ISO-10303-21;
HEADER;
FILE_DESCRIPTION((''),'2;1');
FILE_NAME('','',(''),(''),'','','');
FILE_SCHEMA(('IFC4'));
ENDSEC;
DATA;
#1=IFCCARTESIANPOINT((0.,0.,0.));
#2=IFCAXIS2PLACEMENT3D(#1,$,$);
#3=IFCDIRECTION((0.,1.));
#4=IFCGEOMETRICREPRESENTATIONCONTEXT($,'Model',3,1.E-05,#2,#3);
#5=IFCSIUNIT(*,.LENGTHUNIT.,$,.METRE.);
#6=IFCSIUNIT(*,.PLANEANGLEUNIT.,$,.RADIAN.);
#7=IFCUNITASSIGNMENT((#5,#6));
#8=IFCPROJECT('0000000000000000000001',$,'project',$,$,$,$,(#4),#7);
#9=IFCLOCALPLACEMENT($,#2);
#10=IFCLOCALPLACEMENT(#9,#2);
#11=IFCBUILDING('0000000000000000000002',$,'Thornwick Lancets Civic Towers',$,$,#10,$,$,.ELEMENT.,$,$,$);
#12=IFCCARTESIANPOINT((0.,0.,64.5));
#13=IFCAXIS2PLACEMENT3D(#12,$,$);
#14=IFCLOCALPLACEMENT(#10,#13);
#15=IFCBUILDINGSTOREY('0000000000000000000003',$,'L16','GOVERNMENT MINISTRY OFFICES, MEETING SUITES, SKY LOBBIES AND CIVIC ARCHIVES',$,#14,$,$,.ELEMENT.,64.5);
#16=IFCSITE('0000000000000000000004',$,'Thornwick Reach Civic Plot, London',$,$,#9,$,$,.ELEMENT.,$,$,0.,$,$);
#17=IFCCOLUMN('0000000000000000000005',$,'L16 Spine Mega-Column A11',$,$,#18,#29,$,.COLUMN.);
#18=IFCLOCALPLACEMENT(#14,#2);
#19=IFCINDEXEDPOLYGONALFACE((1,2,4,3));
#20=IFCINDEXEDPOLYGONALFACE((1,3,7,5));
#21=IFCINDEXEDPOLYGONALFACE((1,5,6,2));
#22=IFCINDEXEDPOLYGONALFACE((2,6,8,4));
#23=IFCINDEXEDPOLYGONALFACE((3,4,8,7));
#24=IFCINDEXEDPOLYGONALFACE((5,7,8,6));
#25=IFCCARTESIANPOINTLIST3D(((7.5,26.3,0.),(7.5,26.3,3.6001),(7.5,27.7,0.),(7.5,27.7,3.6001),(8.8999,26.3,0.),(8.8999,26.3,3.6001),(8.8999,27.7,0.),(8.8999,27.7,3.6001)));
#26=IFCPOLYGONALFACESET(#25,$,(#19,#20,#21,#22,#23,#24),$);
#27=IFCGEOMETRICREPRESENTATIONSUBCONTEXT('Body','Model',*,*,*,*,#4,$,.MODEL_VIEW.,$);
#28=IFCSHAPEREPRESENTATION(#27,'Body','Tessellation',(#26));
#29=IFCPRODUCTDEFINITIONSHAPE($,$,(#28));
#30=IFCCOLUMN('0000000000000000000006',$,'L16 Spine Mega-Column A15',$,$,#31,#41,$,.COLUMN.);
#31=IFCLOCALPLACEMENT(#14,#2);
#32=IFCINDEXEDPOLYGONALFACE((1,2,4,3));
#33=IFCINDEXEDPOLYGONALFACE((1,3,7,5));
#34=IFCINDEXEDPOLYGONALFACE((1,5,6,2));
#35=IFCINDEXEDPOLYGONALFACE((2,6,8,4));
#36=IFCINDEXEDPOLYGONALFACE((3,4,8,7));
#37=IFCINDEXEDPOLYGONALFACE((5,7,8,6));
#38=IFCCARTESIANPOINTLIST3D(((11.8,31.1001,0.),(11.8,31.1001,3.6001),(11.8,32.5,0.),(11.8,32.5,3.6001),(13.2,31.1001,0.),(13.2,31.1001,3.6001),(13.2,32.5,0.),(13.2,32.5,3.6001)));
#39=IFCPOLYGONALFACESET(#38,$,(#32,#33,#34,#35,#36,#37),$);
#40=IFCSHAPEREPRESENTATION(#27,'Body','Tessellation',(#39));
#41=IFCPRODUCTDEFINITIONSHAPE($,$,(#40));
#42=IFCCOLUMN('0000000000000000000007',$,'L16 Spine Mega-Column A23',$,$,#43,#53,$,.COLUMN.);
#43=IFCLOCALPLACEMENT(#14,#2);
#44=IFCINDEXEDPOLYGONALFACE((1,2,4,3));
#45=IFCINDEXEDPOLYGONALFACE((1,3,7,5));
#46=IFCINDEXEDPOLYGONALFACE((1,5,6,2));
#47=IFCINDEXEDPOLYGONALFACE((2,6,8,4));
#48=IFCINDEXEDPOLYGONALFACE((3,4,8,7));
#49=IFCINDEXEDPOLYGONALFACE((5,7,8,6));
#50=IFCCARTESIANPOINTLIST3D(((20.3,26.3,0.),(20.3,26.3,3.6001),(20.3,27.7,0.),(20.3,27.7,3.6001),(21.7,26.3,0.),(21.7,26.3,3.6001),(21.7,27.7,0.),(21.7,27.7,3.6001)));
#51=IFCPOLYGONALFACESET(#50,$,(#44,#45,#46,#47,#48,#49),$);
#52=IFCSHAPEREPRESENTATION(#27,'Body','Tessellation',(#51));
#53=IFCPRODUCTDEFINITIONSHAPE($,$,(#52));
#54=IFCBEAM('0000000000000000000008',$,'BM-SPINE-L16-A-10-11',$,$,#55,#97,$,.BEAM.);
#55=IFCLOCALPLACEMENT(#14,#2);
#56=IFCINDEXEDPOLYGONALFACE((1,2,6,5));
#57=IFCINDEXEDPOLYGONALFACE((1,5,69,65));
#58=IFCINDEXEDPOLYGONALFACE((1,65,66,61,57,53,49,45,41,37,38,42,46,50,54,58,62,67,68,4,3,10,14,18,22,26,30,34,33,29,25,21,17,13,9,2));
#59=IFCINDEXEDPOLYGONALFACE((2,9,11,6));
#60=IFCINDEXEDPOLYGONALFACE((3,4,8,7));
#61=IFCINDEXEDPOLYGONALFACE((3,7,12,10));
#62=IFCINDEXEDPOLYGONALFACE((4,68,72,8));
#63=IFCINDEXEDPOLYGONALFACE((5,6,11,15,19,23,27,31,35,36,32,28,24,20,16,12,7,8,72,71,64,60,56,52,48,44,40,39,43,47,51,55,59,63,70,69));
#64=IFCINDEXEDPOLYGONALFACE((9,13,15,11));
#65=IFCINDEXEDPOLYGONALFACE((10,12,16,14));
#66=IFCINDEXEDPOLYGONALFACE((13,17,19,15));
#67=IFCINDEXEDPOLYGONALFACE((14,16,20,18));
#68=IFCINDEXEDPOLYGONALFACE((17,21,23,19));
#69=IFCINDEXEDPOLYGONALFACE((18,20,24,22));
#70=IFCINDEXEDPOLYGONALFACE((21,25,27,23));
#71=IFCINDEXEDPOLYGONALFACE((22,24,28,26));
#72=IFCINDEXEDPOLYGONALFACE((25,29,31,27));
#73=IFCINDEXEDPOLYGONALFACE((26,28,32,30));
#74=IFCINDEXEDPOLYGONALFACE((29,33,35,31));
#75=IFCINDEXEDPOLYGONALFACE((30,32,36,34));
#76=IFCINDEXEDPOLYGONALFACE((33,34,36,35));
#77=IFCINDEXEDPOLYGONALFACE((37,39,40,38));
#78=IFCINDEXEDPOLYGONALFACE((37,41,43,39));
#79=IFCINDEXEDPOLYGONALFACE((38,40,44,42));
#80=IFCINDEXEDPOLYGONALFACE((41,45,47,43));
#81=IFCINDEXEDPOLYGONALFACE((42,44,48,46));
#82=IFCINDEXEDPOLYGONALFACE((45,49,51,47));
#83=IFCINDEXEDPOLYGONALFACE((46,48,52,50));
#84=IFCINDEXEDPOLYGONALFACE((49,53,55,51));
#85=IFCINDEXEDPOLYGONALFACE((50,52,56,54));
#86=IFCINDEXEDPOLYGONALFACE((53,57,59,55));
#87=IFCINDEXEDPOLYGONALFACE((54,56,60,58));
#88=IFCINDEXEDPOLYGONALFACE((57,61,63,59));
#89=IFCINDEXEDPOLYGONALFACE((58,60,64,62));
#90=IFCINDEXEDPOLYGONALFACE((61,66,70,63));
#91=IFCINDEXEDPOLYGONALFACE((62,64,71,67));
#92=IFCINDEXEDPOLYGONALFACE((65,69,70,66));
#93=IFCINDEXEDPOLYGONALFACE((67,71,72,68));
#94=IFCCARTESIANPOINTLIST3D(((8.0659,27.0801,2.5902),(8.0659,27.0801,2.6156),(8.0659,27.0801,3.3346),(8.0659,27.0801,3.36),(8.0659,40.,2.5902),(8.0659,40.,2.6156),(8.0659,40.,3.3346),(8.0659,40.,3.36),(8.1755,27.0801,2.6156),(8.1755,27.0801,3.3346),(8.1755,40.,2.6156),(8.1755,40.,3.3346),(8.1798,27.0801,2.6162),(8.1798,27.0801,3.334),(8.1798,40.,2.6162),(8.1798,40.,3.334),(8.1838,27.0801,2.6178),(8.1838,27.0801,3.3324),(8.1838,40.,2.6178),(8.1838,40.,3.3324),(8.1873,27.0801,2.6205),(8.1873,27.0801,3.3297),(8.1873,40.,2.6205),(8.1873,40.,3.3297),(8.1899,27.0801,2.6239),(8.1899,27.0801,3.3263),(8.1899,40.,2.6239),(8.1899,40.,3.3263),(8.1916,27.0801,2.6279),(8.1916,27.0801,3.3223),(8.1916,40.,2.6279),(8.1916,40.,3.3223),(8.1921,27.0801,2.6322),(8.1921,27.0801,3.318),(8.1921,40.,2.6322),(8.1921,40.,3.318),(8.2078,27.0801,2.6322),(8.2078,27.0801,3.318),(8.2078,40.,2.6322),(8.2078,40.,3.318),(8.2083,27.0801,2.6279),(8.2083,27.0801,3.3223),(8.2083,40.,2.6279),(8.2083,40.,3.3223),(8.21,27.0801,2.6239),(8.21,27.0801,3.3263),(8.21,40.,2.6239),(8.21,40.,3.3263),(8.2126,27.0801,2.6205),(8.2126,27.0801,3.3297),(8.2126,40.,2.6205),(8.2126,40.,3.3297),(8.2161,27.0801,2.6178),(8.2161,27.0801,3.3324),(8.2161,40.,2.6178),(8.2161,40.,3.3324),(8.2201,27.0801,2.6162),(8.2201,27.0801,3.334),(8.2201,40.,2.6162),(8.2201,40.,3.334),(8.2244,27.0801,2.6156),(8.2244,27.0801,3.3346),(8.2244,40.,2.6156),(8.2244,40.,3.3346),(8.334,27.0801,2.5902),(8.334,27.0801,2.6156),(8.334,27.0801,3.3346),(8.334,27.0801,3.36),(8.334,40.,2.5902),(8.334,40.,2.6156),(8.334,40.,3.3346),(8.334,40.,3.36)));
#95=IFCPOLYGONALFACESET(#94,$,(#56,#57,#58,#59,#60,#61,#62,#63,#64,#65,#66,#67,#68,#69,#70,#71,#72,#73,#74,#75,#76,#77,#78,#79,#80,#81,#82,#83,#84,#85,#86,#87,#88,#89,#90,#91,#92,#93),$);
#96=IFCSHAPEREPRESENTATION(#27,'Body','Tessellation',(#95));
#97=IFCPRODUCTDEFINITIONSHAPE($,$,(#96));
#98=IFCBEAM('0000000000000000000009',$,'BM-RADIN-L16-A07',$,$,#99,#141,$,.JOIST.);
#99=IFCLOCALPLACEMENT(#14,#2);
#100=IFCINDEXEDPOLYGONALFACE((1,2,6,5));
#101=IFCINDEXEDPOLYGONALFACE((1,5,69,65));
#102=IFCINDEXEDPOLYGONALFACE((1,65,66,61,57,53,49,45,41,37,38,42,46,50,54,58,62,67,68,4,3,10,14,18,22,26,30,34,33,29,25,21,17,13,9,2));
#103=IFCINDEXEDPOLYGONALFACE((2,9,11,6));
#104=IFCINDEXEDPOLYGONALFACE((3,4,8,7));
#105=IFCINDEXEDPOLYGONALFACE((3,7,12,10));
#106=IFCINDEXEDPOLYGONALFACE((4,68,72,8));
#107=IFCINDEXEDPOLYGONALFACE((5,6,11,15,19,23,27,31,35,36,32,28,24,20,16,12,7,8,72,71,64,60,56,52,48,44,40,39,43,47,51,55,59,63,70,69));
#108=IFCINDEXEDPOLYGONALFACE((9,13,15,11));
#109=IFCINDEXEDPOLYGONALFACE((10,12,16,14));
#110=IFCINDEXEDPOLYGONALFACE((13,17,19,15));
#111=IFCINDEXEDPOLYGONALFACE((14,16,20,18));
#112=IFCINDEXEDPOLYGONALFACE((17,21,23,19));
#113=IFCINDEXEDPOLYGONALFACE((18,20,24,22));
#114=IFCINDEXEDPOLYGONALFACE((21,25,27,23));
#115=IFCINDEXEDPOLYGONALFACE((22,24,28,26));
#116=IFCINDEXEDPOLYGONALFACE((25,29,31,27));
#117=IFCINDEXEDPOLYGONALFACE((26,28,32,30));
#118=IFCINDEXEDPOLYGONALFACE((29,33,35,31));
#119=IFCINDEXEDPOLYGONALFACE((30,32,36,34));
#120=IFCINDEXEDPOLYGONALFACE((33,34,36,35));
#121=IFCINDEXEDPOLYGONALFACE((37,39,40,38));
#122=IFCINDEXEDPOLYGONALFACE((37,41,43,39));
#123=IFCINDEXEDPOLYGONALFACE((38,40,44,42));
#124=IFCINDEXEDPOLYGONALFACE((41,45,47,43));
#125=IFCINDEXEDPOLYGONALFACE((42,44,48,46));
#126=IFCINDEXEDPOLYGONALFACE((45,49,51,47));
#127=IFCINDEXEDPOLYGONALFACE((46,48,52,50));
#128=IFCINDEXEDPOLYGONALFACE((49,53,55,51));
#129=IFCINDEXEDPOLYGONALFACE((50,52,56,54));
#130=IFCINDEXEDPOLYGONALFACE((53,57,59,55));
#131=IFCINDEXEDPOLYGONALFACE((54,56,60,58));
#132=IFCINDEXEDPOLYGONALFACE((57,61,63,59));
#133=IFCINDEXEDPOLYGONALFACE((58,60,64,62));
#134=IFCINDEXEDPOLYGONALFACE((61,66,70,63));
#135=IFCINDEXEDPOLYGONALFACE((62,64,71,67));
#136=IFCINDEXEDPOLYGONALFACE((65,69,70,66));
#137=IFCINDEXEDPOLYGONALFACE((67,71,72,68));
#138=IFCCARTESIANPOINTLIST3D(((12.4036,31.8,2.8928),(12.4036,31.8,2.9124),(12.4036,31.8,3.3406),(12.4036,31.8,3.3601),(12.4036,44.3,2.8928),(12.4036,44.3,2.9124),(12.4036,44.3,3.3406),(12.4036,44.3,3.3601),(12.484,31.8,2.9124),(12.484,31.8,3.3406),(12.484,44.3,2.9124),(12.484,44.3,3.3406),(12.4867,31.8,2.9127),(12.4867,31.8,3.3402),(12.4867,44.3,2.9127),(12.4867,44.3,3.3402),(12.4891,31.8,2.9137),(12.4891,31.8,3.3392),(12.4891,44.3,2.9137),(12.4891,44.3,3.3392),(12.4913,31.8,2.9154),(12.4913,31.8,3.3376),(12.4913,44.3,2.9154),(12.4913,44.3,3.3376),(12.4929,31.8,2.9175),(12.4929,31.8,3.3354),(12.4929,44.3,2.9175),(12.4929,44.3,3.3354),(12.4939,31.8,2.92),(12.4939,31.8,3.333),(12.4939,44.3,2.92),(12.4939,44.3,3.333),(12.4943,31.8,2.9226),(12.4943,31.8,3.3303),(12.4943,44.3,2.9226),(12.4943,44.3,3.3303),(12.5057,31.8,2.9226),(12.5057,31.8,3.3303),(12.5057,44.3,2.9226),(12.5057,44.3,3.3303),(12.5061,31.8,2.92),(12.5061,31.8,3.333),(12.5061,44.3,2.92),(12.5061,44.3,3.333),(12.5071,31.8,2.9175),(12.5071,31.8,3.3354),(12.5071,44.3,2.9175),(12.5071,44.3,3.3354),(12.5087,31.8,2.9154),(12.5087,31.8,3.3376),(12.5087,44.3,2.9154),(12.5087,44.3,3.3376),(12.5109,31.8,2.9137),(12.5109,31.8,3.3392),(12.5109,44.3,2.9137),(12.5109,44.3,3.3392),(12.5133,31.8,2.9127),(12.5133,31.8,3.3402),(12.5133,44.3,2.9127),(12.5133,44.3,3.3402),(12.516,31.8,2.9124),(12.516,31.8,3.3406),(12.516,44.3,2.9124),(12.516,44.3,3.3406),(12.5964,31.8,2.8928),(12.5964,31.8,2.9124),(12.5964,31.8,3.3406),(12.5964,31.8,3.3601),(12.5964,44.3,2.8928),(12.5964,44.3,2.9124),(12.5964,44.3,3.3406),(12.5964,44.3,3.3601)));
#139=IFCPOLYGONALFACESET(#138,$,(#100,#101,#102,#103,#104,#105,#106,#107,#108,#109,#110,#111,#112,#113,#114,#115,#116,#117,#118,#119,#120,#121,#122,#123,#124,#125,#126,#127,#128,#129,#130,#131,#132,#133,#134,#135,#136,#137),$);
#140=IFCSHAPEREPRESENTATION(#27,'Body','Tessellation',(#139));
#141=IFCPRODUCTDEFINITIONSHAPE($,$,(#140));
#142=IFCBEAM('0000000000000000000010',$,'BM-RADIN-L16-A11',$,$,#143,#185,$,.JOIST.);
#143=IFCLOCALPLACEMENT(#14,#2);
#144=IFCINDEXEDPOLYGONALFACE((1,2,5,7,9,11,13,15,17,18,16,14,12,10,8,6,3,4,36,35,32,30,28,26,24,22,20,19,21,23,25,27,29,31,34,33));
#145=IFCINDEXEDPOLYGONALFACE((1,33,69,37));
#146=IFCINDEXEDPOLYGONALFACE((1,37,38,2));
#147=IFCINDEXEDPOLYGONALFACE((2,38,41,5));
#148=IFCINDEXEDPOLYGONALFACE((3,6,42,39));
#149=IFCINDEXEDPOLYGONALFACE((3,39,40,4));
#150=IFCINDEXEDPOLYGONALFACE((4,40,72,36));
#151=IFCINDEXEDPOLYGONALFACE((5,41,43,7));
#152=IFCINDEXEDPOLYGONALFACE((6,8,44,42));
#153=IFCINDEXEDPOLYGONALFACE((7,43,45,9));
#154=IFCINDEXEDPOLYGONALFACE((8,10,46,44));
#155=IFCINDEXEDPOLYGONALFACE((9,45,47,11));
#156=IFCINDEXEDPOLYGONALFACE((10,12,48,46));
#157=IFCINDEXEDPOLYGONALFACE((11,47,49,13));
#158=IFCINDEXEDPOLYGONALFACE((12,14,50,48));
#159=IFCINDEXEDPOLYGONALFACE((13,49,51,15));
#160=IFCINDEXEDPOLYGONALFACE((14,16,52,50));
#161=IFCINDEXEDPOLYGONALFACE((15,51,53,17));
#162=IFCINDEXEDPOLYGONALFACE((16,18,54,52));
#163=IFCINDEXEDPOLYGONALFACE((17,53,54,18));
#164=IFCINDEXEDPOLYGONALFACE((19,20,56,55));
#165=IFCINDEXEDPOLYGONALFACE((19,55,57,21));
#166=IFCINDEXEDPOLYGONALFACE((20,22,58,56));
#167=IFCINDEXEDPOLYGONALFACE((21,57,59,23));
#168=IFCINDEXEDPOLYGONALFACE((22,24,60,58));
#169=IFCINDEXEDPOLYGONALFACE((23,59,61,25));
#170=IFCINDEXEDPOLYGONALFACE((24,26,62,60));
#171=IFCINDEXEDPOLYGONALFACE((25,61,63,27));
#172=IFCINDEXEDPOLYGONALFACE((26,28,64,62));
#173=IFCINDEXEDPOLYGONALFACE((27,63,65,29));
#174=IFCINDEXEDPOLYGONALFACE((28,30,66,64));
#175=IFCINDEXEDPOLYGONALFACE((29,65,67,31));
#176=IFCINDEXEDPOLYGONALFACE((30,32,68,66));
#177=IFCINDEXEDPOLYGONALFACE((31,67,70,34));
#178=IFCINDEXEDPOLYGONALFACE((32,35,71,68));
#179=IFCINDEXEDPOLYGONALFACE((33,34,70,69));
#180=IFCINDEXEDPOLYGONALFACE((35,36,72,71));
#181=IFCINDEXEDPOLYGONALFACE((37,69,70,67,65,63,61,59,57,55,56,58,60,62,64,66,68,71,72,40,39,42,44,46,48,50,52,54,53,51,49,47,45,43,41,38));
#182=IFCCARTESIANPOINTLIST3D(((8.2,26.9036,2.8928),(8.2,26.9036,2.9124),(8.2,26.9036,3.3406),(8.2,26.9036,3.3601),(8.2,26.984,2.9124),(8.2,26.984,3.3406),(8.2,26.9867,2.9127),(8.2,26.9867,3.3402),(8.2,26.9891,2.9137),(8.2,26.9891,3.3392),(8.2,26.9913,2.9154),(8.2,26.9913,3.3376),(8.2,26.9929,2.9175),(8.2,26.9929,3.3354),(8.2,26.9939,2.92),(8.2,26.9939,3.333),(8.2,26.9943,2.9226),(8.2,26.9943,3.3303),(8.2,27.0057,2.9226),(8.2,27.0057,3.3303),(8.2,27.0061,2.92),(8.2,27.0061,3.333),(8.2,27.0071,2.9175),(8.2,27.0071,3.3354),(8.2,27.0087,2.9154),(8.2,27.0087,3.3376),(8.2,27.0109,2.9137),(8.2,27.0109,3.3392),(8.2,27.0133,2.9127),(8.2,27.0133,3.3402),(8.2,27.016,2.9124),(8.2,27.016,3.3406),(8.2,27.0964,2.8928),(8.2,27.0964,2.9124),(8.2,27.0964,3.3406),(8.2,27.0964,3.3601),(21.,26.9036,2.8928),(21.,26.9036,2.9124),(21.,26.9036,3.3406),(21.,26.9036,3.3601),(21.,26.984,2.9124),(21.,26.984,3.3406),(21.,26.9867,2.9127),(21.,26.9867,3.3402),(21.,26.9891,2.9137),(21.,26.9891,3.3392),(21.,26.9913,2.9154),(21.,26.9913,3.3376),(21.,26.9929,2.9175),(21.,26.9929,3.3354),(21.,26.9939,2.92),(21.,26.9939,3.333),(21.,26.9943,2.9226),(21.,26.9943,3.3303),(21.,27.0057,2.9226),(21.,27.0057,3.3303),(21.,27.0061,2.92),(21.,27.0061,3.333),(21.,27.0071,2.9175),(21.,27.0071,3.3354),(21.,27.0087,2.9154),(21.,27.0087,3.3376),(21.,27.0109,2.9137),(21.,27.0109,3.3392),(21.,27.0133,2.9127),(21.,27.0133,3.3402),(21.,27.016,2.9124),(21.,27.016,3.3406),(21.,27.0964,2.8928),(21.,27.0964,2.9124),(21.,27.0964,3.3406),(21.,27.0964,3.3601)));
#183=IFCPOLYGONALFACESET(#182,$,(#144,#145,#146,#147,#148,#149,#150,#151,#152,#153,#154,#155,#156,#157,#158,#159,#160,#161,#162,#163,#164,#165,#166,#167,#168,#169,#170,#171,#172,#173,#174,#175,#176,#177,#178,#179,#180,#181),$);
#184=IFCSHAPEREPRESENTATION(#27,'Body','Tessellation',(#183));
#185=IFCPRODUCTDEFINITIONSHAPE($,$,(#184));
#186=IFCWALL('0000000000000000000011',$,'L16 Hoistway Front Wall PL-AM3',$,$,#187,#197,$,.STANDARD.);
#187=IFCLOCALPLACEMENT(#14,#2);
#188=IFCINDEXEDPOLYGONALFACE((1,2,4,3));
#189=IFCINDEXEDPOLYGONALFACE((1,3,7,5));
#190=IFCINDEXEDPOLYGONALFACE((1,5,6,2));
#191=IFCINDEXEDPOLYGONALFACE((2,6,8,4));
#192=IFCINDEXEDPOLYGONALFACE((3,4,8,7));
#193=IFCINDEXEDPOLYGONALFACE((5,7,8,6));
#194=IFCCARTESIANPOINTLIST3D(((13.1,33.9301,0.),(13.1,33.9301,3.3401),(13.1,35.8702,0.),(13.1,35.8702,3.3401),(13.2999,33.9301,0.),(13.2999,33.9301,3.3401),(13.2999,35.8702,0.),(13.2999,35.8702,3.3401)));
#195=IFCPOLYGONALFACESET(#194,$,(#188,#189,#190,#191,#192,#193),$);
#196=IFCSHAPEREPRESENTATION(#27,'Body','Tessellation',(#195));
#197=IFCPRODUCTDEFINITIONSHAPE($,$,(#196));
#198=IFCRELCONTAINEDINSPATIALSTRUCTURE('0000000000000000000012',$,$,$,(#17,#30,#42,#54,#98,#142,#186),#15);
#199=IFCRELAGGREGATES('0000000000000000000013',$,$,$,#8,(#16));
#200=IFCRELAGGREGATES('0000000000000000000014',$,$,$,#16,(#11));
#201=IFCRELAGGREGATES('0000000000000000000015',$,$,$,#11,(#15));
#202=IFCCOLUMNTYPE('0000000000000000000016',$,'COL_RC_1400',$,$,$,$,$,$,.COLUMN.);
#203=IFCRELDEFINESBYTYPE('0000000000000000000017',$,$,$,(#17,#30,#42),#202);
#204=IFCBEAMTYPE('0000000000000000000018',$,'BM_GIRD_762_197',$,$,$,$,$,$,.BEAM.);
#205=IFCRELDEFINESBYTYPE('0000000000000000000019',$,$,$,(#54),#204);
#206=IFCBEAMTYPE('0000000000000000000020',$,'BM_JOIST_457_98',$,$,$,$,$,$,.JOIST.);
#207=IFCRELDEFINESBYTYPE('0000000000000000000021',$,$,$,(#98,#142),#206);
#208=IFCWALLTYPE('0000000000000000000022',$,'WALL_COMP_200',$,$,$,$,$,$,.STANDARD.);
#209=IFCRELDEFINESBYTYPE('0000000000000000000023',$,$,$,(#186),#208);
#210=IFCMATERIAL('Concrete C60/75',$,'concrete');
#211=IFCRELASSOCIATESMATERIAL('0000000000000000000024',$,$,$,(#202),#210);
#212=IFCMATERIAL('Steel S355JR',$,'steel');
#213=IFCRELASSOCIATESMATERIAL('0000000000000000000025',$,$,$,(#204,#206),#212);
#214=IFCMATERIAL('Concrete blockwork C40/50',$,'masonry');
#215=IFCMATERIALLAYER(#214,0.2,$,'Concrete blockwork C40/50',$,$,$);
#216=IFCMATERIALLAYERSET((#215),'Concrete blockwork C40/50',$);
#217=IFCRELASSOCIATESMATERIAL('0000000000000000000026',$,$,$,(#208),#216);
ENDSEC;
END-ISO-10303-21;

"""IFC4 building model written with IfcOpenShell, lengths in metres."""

from ifc_helpers import new_model, si_unit, direction, frame, frame_2d, origin, origin_2d, place, context, subcontext, project, spatial, rectangle, i_section, extrude, material, layer, layer_set, material_profile, profile_set, type_object, element, save


model = new_model("IFC4")

# Units and contexts
model_context = context("Model", 3, precision=1e-05, world=origin(), true_north=direction((0.0, 1.0)))
body_context = subcontext(model_context, "Body", "Model", "MODEL_VIEW")
ifc_project = project(units=[si_unit("LENGTHUNIT", "METRE"), si_unit("PLANEANGLEUNIT", "RADIAN")], contexts=[model_context])

# Site, building, storey
site_placement = place(None, origin())
site = spatial("IfcSite", under=ifc_project, at=site_placement, Name="Thornwick Reach Civic Plot, London", CompositionType="ELEMENT", RefElevation=0.0)
building_placement = place(site_placement, origin())
building = spatial("IfcBuilding", under=site, at=building_placement, Name="Thornwick Lancets Civic Towers", CompositionType="ELEMENT")
storey_placement = place(building_placement, frame((0.0, 0.0, 64.5)))
storey = spatial("IfcBuildingStorey", under=building, at=storey_placement, Name="L16", Description="GOVERNMENT MINISTRY OFFICES, MEETING SUITES, SKY LOBBIES AND CIVIC ARCHIVES", CompositionType="ELEMENT", Elevation=64.5)

# Columns
ifc_material_1 = material(Name="Concrete C60/75", Category="concrete")
ifc_material_profile_1 = material_profile(ifc_material_1, rectangle(XDim=1.3999, YDim=1.3999, at=origin_2d()), Name="RC 1400x1400")
ifc_profile_set_1 = profile_set([ifc_material_profile_1], Name="Concrete C60/75")
column_type = type_object("IfcColumnType", Name="COL_RC_1400", PredefinedType="COLUMN", material=ifc_profile_set_1)
for number, where, z_axis, x_axis, name in (
    (1, (8.2, 27.0, 0.0), (0.0, 0.0, 1.0), (1.0, 0.0, 0.0), "L16 Spine Mega-Column A11"),
    (2, (12.5, 31.8, 0.0), (0.0, 0.0, 1.0), (1.0, 0.0, 0.0), "L16 Spine Mega-Column A15"),
    (3, (21.0, 27.0, 0.0), (0.0, 0.0, 1.0), (1.0, 0.0, 0.0), "L16 Spine Mega-Column A23"),
):
    element("IfcColumn", number, at=place(storey_placement, frame(where, z_axis=z_axis, x_axis=x_axis)), inside=storey, type_object=column_type, Name=name, PredefinedType="COLUMN", context=body_context, shape_type="SweptSolid", body=[
        extrude(rectangle(XDim=1.3999, YDim=1.3999, at=origin_2d()), origin(), (0.0, 0.0, 1.0), 3.6001),
    ])

# Beams
ifc_material_2 = material(Name="Steel S355JR", Category="steel")
ifc_material_profile_2 = material_profile(ifc_material_2, i_section(OverallWidth=0.2681, OverallDepth=0.7698, WebThickness=0.0156, FlangeThickness=0.0254, FilletRadius=0.0166, at=origin_2d()), Name="UKB 762x267x197")
ifc_profile_set_2 = profile_set([ifc_material_profile_2], Name="Steel S355JR")
beam_type_1 = type_object("IfcBeamType", Name="BM_GIRD_762_197", PredefinedType="BEAM", material=ifc_profile_set_2)
beam_1_placement = place(storey_placement, frame((8.2, 27.0801, 2.9751), z_axis=(0.0, 1.0, 0.0), x_axis=(-1.0, 0.0, 0.0)))
element("IfcBeam", 4, at=beam_1_placement, inside=storey, type_object=beam_type_1, Name="BM-SPINE-L16-A-10-11", PredefinedType="BEAM", context=body_context, shape_type="SweptSolid", body=[
    extrude(i_section(OverallWidth=0.2681, OverallDepth=0.7698, WebThickness=0.0156, FlangeThickness=0.0254, FilletRadius=0.0166, at=origin_2d()), origin(), (0.0, 0.0, 1.0), 12.9199),
])
ifc_material_profile_3 = material_profile(ifc_material_2, i_section(OverallWidth=0.1929, OverallDepth=0.4673, WebThickness=0.0115, FlangeThickness=0.0195, FilletRadius=0.0103, at=origin_2d()), Name="UKB 457x191x98")
ifc_profile_set_3 = profile_set([ifc_material_profile_3], Name="Steel S355JR")
beam_type_2 = type_object("IfcBeamType", Name="BM_JOIST_457_98", PredefinedType="JOIST", material=ifc_profile_set_3)
beam_2_placement = place(storey_placement, frame((12.5, 31.8, 3.1265), z_axis=(0.0, 1.0, 0.0), x_axis=(-1.0, 0.0, 0.0)))
element("IfcBeam", 5, at=beam_2_placement, inside=storey, type_object=beam_type_2, Name="BM-RADIN-L16-A07", PredefinedType="JOIST", context=body_context, shape_type="SweptSolid", body=[
    extrude(i_section(OverallWidth=0.1929, OverallDepth=0.4673, WebThickness=0.0115, FlangeThickness=0.0195, FilletRadius=0.0103, at=origin_2d()), origin(), (0.0, 0.0, 1.0), 12.5),
])
beam_3_placement = place(storey_placement, frame((21.0, 27.0, 3.1265), z_axis=(-1.0, 0.0, 0.0), x_axis=(0.0, -1.0, 0.0)))
element("IfcBeam", 6, at=beam_3_placement, inside=storey, type_object=beam_type_2, Name="BM-RADIN-L16-A11", PredefinedType="JOIST", context=body_context, shape_type="SweptSolid", body=[
    extrude(i_section(OverallWidth=0.1929, OverallDepth=0.4673, WebThickness=0.0115, FlangeThickness=0.0195, FilletRadius=0.0103, at=origin_2d()), origin(), (0.0, 0.0, 1.0), 12.8),
])

# Wall
ifc_material_3 = material(Name="Concrete blockwork C40/50", Category="masonry")
ifc_layer_1 = layer(ifc_material_3, 0.2, Name="Concrete blockwork C40/50")
ifc_layer_set_1 = layer_set([ifc_layer_1], Name="Concrete blockwork C40/50")
wall_type_1 = type_object("IfcWallType", Name="WALL_COMP_200", PredefinedType="STANDARD", material=ifc_layer_set_1)
wall_1_placement = place(storey_placement, frame((13.2, 33.9299, 0.0), z_axis=(0.0, 0.0, 1.0), x_axis=(0.0, 1.0, 0.0)))
element("IfcWall", 7, at=wall_1_placement, inside=storey, type_object=wall_type_1, Name="L16 Hoistway Front Wall PL-AM3", PredefinedType="STANDARD", context=body_context, shape_type="SweptSolid", body=[
    extrude(rectangle(XDim=1.9402, YDim=0.2, at=frame_2d((0.9702, 0.0))), origin(), (0.0, 0.0, 1.0), 3.3401),
])

save(model, "model.ifc")
